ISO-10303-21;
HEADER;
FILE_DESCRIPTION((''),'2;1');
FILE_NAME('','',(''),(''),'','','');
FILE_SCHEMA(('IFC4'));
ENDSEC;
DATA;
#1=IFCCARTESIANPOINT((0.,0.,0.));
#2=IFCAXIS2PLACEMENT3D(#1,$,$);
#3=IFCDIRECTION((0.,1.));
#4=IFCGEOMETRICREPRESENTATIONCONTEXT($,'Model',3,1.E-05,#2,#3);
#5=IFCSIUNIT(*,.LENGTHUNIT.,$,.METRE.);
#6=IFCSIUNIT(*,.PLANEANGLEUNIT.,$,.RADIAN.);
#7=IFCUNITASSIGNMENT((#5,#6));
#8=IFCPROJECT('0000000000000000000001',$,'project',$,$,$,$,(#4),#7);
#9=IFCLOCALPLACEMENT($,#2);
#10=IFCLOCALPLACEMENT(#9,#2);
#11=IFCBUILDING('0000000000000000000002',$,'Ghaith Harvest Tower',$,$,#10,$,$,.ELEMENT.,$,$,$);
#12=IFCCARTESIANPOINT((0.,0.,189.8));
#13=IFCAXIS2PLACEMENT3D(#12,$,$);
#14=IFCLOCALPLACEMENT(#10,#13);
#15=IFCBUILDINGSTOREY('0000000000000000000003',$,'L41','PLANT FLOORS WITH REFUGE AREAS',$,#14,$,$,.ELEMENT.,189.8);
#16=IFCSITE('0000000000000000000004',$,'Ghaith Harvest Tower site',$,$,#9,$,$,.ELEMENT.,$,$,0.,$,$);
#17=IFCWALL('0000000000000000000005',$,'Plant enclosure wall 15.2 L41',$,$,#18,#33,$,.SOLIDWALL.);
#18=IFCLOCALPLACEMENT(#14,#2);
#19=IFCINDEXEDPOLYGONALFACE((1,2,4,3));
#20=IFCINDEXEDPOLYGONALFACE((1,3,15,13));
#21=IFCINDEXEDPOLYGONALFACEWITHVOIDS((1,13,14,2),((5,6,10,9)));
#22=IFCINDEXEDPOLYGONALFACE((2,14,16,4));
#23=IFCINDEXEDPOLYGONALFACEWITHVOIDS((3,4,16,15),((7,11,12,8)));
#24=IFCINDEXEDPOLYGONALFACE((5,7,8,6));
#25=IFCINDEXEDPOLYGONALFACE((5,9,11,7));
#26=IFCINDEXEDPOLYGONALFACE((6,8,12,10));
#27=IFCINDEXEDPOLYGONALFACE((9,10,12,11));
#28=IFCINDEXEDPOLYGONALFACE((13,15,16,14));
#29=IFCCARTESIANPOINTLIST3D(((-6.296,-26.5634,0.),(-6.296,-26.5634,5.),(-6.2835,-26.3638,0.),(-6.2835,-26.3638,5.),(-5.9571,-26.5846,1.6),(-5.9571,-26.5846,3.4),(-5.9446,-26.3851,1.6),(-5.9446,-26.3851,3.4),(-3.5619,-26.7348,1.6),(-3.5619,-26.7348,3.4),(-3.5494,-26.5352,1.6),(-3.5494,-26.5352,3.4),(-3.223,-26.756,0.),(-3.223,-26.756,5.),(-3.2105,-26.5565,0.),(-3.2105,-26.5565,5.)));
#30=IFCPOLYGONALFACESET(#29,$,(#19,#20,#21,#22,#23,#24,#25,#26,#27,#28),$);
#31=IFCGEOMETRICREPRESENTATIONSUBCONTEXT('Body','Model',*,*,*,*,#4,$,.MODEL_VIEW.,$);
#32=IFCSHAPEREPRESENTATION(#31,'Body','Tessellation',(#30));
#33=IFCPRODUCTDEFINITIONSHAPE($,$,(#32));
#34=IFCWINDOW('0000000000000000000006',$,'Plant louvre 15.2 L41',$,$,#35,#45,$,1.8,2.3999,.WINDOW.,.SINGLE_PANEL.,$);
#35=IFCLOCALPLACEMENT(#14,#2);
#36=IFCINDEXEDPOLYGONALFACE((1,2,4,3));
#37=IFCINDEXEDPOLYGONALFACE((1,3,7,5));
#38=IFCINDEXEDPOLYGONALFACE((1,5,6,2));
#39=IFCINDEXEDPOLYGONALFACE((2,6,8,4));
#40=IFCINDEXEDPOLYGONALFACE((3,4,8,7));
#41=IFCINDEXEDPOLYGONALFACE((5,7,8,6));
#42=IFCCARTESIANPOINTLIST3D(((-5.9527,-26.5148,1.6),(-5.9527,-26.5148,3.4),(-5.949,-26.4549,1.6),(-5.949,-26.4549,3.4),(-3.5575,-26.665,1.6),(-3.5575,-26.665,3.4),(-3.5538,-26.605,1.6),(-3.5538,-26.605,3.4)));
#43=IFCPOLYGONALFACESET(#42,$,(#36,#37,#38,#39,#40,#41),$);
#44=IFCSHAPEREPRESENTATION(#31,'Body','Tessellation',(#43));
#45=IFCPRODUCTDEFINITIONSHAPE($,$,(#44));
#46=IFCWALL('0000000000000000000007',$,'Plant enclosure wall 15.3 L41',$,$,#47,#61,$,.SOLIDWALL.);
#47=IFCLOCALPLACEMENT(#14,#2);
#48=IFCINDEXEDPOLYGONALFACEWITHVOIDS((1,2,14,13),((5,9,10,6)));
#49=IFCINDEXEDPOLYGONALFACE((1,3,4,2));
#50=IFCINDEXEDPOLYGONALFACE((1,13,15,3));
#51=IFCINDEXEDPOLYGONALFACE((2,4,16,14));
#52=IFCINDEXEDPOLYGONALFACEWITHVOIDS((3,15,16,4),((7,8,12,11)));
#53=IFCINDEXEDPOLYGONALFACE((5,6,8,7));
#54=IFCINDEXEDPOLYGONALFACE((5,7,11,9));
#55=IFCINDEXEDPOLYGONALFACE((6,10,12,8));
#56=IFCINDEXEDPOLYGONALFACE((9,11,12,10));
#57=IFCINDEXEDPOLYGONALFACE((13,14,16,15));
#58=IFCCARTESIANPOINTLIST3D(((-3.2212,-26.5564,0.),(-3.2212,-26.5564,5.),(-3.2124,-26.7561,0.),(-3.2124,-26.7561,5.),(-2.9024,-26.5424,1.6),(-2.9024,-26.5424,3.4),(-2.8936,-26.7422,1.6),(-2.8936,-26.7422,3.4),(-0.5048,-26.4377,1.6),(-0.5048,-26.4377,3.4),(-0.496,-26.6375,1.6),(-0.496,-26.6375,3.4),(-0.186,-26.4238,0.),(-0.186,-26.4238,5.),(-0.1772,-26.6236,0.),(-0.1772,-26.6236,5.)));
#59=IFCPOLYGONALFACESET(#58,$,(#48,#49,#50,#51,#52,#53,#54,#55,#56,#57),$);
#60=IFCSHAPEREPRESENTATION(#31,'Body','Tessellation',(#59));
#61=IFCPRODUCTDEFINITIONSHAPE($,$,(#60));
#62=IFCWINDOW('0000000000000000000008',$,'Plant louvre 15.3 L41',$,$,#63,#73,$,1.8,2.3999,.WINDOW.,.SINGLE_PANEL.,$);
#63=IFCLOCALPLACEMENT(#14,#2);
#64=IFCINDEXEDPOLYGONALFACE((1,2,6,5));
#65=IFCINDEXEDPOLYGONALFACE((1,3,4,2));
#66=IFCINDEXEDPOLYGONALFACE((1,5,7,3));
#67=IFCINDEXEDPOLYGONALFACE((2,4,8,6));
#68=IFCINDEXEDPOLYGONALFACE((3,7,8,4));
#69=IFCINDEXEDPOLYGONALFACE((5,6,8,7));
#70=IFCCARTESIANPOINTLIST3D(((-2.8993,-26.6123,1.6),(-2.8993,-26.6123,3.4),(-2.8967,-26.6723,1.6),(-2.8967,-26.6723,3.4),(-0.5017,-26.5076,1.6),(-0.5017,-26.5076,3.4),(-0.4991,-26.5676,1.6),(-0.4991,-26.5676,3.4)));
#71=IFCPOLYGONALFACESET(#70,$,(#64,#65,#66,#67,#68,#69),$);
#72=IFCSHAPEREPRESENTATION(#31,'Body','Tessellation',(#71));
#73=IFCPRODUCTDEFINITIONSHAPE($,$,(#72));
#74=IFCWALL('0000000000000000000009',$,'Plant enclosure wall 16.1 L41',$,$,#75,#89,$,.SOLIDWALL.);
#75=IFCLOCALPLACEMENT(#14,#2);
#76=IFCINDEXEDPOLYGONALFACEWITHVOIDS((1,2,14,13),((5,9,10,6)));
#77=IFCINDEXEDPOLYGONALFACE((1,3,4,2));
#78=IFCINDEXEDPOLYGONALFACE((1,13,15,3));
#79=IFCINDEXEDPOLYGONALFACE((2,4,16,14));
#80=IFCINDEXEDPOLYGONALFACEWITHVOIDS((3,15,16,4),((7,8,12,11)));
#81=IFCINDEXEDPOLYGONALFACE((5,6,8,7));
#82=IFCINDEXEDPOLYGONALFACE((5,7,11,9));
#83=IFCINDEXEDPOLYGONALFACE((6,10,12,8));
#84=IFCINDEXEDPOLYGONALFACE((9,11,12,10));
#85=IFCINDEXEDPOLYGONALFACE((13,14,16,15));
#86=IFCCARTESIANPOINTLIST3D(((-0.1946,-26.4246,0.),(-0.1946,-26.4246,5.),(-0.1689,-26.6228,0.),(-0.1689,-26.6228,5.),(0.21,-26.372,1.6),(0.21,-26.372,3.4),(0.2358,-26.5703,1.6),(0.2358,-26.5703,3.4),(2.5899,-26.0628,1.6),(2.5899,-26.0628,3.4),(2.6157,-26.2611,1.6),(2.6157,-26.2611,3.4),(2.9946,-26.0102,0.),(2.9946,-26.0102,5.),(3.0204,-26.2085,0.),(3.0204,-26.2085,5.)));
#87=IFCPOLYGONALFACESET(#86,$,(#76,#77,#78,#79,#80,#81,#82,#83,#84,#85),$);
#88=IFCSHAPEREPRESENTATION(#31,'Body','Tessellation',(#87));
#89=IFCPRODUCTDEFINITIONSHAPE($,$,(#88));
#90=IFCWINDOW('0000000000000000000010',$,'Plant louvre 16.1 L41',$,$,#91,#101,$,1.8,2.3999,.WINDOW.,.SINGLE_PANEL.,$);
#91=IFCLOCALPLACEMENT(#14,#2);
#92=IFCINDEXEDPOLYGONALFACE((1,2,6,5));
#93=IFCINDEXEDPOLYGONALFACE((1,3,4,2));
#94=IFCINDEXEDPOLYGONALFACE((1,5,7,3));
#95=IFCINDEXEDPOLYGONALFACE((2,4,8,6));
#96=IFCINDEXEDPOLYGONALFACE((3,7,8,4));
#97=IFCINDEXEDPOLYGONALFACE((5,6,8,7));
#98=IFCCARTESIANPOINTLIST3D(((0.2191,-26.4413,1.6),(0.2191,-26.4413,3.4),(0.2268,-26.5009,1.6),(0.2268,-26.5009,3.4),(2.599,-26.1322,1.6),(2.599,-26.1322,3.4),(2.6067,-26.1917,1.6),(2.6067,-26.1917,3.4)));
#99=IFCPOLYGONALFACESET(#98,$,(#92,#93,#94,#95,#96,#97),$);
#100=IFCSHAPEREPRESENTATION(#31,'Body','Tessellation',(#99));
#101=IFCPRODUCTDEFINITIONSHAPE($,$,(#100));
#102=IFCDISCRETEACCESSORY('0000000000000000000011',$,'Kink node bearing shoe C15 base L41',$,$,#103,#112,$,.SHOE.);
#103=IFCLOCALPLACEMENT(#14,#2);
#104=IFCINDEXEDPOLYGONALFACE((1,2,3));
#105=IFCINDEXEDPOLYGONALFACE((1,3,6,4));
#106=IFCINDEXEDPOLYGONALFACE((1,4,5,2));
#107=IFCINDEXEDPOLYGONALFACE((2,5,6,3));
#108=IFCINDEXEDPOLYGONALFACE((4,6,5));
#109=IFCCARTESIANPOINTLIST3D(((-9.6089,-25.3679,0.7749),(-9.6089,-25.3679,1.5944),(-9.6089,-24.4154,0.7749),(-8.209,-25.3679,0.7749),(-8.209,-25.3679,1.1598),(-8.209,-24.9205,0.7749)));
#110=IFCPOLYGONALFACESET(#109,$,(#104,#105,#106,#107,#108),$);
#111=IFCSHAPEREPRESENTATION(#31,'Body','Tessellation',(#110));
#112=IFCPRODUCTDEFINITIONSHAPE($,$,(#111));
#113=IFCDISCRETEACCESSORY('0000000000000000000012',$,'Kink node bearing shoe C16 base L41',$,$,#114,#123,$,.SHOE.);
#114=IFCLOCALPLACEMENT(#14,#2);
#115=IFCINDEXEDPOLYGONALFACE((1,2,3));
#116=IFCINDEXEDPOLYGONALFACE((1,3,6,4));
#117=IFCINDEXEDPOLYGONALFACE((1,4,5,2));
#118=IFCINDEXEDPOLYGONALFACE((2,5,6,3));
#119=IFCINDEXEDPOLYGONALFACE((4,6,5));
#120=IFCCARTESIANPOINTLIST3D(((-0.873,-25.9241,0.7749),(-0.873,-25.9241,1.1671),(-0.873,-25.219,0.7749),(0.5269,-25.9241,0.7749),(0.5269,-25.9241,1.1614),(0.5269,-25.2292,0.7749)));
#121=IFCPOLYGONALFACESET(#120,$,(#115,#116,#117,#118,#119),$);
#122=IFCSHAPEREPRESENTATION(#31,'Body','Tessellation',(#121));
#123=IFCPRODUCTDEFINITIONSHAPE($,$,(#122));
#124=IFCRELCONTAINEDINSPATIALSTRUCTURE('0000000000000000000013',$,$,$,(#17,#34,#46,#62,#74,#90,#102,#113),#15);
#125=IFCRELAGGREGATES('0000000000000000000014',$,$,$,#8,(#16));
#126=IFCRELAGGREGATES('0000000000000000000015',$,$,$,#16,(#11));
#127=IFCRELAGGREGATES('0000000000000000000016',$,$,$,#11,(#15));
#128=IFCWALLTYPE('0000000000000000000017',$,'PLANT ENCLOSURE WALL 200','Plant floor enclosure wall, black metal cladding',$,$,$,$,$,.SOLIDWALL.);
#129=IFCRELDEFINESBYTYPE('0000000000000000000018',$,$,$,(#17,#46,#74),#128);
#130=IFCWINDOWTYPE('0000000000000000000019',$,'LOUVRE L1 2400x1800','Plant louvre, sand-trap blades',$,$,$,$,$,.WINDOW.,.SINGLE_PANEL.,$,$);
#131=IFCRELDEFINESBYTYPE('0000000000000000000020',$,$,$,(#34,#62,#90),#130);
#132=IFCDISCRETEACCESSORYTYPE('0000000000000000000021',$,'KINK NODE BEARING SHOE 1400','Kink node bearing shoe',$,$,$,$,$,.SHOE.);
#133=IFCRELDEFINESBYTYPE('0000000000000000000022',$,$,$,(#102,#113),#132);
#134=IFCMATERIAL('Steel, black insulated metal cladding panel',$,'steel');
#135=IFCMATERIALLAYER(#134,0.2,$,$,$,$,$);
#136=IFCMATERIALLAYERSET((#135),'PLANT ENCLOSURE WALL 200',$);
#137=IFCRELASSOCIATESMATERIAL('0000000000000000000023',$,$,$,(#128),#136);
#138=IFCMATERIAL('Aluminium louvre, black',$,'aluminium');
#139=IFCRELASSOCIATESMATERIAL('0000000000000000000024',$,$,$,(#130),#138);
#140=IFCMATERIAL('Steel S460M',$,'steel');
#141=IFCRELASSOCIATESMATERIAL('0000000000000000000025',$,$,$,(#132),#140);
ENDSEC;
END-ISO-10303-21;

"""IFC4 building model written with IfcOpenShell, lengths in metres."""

from ifc_helpers import new_model, si_unit, direction, frame, frame_2d, origin, origin_2d, place, context, subcontext, project, spatial, rectangle, extrude, clip, halfspace, material, layer, layer_set, material_profile, profile_set, type_object, element, fill, save


model = new_model("IFC4")

# Units and contexts
model_context = context("Model", 3, precision=1e-05, world=origin(), true_north=direction((0.0, 1.0)))
body_context = subcontext(model_context, "Body", "Model", "MODEL_VIEW")
ifc_project = project(units=[si_unit("LENGTHUNIT", "METRE"), si_unit("PLANEANGLEUNIT", "RADIAN")], contexts=[model_context])

# Site, building, storey
site_placement = place(None, origin())
site = spatial("IfcSite", under=ifc_project, at=site_placement, Name="Ghaith Harvest Tower site", CompositionType="ELEMENT", RefElevation=0.0)
building_placement = place(site_placement, origin())
building = spatial("IfcBuilding", under=site, at=building_placement, Name="Ghaith Harvest Tower", CompositionType="ELEMENT")
storey_placement = place(building_placement, frame((0.0, 0.0, 189.8)))
storey = spatial("IfcBuildingStorey", under=building, at=storey_placement, Name="L41", Description="PLANT FLOORS WITH REFUGE AREAS", CompositionType="ELEMENT", Elevation=189.8)

# Walls, openings, windows
ifc_material_1 = material(Name="Steel, black insulated metal cladding panel", Category="steel")
ifc_layer_1 = layer(ifc_material_1, 0.2)
ifc_layer_set_1 = layer_set([ifc_layer_1], Name="PLANT ENCLOSURE WALL 200")
wall_type = type_object("IfcWallType", Name="PLANT ENCLOSURE WALL 200", Description="Plant floor enclosure wall, black metal cladding", PredefinedType="SOLIDWALL", material=ifc_layer_set_1)
ifc_material_2 = material(Name="Aluminium louvre, black", Category="aluminium")
window_type = type_object("IfcWindowType", Name="LOUVRE L1 2400x1800", Description="Plant louvre, sand-trap blades", PartitioningType="SINGLE_PANEL", PredefinedType="WINDOW", material=ifc_material_2)
wall_1_placement = place(storey_placement, frame((-6.2898, -26.4636, 0.0), z_axis=(0.0, 0.0, 1.0), x_axis=(0.998041, -0.062561, 0.0)))
wall_1 = element("IfcWall", 1, at=wall_1_placement, inside=storey, type_object=wall_type, Name="Plant enclosure wall 15.2 L41", PredefinedType="SOLIDWALL", context=body_context, shape_type="SweptSolid", body=[
    extrude(rectangle(XDim=3.0791, YDim=0.2, at=frame_2d((1.5396, 0.0))), origin(), (0.0, 0.0, 1.0), 5.0),
])
opening_1_placement = place(wall_1_placement, frame((0.3396, 0.0, 1.6001)))
opening_1 = element("IfcOpeningElement", 2, at=opening_1_placement, cuts=wall_1, PredefinedType="OPENING", context=body_context, shape_type="SweptSolid", body=[
    extrude(rectangle(XDim=2.3999, YDim=1.8, at=frame_2d((1.2, 0.8999))), frame((0.0, 0.1099, 0.0), z_axis=(0.0, -1.0, 0.0), x_axis=(1.0, 0.0, 0.0)), (0.0, 0.0, 1.0), 0.22),
])
window_1_placement = place(opening_1_placement, origin())
window_1 = element("IfcWindow", 3, at=window_1_placement, inside=storey, type_object=window_type, Name="Plant louvre 15.2 L41", OverallHeight=1.8, OverallWidth=2.3999, PartitioningType="SINGLE_PANEL", PredefinedType="WINDOW", context=body_context, shape_type="SweptSolid", body=[
    extrude(rectangle(XDim=2.3999, YDim=1.8, at=frame_2d((1.2, 0.8999))), frame((0.0, 0.03, 0.0), z_axis=(0.0, -1.0, 0.0), x_axis=(1.0, 0.0, 0.0)), (0.0, 0.0, 1.0), 0.0601),
])
fill(opening_1, window_1)
wall_2_placement = place(storey_placement, frame((-3.2168, -26.6562, 0.0), z_axis=(0.0, 0.0, 1.0), x_axis=(0.999047, 0.043636, 0.0)))
wall_2 = element("IfcWall", 4, at=wall_2_placement, inside=storey, type_object=wall_type, Name="Plant enclosure wall 15.3 L41", PredefinedType="SOLIDWALL", context=body_context, shape_type="SweptSolid", body=[
    extrude(rectangle(XDim=3.0381, YDim=0.2, at=frame_2d((1.519, 0.0))), origin(), (0.0, 0.0, 1.0), 5.0),
])
opening_2_placement = place(wall_2_placement, frame((0.3191, 0.0, 1.6001)))
opening_2 = element("IfcOpeningElement", 5, at=opening_2_placement, cuts=wall_2, PredefinedType="OPENING", context=body_context, shape_type="SweptSolid", body=[
    extrude(rectangle(XDim=2.3999, YDim=1.8, at=frame_2d((1.2, 0.8999))), frame((0.0, 0.1099, 0.0), z_axis=(0.0, -1.0, 0.0), x_axis=(1.0, 0.0, 0.0)), (0.0, 0.0, 1.0), 0.22),
])
window_2_placement = place(opening_2_placement, origin())
window_2 = element("IfcWindow", 6, at=window_2_placement, inside=storey, type_object=window_type, Name="Plant louvre 15.3 L41", OverallHeight=1.8, OverallWidth=2.3999, PartitioningType="SINGLE_PANEL", PredefinedType="WINDOW", context=body_context, shape_type="SweptSolid", body=[
    extrude(rectangle(XDim=2.3999, YDim=1.8, at=frame_2d((1.2, 0.8999))), frame((0.0, 0.03, 0.0), z_axis=(0.0, -1.0, 0.0), x_axis=(1.0, 0.0, 0.0)), (0.0, 0.0, 1.0), 0.0601),
])
fill(opening_2, window_2)
wall_3_placement = place(storey_placement, frame((-0.1816, -26.5237, 0.0), z_axis=(0.0, 0.0, 1.0), x_axis=(0.991667, 0.128826, 0.0)))
wall_3 = element("IfcWall", 7, at=wall_3_placement, inside=storey, type_object=wall_type, Name="Plant enclosure wall 16.1 L41", PredefinedType="SOLIDWALL", context=body_context, shape_type="SweptSolid", body=[
    extrude(rectangle(XDim=3.2161, YDim=0.2, at=frame_2d((1.6079, 0.0))), origin(), (0.0, 0.0, 1.0), 5.0),
])
opening_3_placement = place(wall_3_placement, frame((0.408, 0.0, 1.6001)))
opening_3 = element("IfcOpeningElement", 8, at=opening_3_placement, cuts=wall_3, PredefinedType="OPENING", context=body_context, shape_type="SweptSolid", body=[
    extrude(rectangle(XDim=2.3999, YDim=1.8, at=frame_2d((1.2, 0.8999))), frame((0.0, 0.1099, 0.0), z_axis=(0.0, -1.0, 0.0), x_axis=(1.0, 0.0, 0.0)), (0.0, 0.0, 1.0), 0.22),
])
window_3_placement = place(opening_3_placement, origin())
window_3 = element("IfcWindow", 9, at=window_3_placement, inside=storey, type_object=window_type, Name="Plant louvre 16.1 L41", OverallHeight=1.8, OverallWidth=2.3999, PartitioningType="SINGLE_PANEL", PredefinedType="WINDOW", context=body_context, shape_type="SweptSolid", body=[
    extrude(rectangle(XDim=2.3999, YDim=1.8, at=frame_2d((1.2, 0.8999))), frame((0.0, 0.03, 0.0), z_axis=(0.0, -1.0, 0.0), x_axis=(1.0, 0.0, 0.0)), (0.0, 0.0, 1.0), 0.0601),
])
fill(opening_3, window_3)

# Discrete accessories
ifc_material_3 = material(Name="Steel S460M", Category="steel")
ifc_material_profile_1 = material_profile(ifc_material_3, rectangle(XDim=1.3999, YDim=1.3999, at=origin_2d()), Name="KINK NODE BEARING SHOE 1400")
ifc_profile_set_1 = profile_set([ifc_material_profile_1], Name="Steel S460M")
discrete_accessory_type = type_object("IfcDiscreteAccessoryType", Name="KINK NODE BEARING SHOE 1400", Description="Kink node bearing shoe", PredefinedType="SHOE", material=ifc_profile_set_1)
discrete_accessory_1_placement = place(storey_placement, frame((-8.9089, -24.668, 0.7749), z_axis=(0.0, 0.0, 1.0), x_axis=(1.0, 0.0, 0.0)))
element("IfcDiscreteAccessory", 10, at=discrete_accessory_1_placement, inside=storey, type_object=discrete_accessory_type, Name="Kink node bearing shoe C15 base L41", PredefinedType="SHOE", context=body_context, shape_type="Clipping", body=[
    clip(extrude(rectangle(XDim=1.3999, YDim=1.3999, at=origin_2d()), origin(), (0.0, 0.0, 1.0), 0.8296), halfspace(frame((0.0, 0.0, 0.0), z_axis=(0.229076, 0.634824, 0.737918), x_axis=(1.0, 0.0, 0.0)), False)),
])
discrete_accessory_2_placement = place(storey_placement, frame((-0.1731, -25.2241, 0.7749), z_axis=(0.0, 0.0, 1.0), x_axis=(1.0, 0.0, 0.0)))
element("IfcDiscreteAccessory", 11, at=discrete_accessory_2_placement, inside=storey, type_object=discrete_accessory_type, Name="Kink node bearing shoe C16 base L41", PredefinedType="SHOE", context=body_context, shape_type="Clipping", body=[
    clip(extrude(rectangle(XDim=1.3999, YDim=1.3999, at=origin_2d()), origin(), (0.0, 0.0, 1.0), 0.4023), halfspace(frame((0.0, 0.0, 0.0), z_axis=(0.003546, 0.486091, 0.873901), x_axis=(1.0, 0.0, 0.0)), False)),
])

save(model, "model.ifc")
